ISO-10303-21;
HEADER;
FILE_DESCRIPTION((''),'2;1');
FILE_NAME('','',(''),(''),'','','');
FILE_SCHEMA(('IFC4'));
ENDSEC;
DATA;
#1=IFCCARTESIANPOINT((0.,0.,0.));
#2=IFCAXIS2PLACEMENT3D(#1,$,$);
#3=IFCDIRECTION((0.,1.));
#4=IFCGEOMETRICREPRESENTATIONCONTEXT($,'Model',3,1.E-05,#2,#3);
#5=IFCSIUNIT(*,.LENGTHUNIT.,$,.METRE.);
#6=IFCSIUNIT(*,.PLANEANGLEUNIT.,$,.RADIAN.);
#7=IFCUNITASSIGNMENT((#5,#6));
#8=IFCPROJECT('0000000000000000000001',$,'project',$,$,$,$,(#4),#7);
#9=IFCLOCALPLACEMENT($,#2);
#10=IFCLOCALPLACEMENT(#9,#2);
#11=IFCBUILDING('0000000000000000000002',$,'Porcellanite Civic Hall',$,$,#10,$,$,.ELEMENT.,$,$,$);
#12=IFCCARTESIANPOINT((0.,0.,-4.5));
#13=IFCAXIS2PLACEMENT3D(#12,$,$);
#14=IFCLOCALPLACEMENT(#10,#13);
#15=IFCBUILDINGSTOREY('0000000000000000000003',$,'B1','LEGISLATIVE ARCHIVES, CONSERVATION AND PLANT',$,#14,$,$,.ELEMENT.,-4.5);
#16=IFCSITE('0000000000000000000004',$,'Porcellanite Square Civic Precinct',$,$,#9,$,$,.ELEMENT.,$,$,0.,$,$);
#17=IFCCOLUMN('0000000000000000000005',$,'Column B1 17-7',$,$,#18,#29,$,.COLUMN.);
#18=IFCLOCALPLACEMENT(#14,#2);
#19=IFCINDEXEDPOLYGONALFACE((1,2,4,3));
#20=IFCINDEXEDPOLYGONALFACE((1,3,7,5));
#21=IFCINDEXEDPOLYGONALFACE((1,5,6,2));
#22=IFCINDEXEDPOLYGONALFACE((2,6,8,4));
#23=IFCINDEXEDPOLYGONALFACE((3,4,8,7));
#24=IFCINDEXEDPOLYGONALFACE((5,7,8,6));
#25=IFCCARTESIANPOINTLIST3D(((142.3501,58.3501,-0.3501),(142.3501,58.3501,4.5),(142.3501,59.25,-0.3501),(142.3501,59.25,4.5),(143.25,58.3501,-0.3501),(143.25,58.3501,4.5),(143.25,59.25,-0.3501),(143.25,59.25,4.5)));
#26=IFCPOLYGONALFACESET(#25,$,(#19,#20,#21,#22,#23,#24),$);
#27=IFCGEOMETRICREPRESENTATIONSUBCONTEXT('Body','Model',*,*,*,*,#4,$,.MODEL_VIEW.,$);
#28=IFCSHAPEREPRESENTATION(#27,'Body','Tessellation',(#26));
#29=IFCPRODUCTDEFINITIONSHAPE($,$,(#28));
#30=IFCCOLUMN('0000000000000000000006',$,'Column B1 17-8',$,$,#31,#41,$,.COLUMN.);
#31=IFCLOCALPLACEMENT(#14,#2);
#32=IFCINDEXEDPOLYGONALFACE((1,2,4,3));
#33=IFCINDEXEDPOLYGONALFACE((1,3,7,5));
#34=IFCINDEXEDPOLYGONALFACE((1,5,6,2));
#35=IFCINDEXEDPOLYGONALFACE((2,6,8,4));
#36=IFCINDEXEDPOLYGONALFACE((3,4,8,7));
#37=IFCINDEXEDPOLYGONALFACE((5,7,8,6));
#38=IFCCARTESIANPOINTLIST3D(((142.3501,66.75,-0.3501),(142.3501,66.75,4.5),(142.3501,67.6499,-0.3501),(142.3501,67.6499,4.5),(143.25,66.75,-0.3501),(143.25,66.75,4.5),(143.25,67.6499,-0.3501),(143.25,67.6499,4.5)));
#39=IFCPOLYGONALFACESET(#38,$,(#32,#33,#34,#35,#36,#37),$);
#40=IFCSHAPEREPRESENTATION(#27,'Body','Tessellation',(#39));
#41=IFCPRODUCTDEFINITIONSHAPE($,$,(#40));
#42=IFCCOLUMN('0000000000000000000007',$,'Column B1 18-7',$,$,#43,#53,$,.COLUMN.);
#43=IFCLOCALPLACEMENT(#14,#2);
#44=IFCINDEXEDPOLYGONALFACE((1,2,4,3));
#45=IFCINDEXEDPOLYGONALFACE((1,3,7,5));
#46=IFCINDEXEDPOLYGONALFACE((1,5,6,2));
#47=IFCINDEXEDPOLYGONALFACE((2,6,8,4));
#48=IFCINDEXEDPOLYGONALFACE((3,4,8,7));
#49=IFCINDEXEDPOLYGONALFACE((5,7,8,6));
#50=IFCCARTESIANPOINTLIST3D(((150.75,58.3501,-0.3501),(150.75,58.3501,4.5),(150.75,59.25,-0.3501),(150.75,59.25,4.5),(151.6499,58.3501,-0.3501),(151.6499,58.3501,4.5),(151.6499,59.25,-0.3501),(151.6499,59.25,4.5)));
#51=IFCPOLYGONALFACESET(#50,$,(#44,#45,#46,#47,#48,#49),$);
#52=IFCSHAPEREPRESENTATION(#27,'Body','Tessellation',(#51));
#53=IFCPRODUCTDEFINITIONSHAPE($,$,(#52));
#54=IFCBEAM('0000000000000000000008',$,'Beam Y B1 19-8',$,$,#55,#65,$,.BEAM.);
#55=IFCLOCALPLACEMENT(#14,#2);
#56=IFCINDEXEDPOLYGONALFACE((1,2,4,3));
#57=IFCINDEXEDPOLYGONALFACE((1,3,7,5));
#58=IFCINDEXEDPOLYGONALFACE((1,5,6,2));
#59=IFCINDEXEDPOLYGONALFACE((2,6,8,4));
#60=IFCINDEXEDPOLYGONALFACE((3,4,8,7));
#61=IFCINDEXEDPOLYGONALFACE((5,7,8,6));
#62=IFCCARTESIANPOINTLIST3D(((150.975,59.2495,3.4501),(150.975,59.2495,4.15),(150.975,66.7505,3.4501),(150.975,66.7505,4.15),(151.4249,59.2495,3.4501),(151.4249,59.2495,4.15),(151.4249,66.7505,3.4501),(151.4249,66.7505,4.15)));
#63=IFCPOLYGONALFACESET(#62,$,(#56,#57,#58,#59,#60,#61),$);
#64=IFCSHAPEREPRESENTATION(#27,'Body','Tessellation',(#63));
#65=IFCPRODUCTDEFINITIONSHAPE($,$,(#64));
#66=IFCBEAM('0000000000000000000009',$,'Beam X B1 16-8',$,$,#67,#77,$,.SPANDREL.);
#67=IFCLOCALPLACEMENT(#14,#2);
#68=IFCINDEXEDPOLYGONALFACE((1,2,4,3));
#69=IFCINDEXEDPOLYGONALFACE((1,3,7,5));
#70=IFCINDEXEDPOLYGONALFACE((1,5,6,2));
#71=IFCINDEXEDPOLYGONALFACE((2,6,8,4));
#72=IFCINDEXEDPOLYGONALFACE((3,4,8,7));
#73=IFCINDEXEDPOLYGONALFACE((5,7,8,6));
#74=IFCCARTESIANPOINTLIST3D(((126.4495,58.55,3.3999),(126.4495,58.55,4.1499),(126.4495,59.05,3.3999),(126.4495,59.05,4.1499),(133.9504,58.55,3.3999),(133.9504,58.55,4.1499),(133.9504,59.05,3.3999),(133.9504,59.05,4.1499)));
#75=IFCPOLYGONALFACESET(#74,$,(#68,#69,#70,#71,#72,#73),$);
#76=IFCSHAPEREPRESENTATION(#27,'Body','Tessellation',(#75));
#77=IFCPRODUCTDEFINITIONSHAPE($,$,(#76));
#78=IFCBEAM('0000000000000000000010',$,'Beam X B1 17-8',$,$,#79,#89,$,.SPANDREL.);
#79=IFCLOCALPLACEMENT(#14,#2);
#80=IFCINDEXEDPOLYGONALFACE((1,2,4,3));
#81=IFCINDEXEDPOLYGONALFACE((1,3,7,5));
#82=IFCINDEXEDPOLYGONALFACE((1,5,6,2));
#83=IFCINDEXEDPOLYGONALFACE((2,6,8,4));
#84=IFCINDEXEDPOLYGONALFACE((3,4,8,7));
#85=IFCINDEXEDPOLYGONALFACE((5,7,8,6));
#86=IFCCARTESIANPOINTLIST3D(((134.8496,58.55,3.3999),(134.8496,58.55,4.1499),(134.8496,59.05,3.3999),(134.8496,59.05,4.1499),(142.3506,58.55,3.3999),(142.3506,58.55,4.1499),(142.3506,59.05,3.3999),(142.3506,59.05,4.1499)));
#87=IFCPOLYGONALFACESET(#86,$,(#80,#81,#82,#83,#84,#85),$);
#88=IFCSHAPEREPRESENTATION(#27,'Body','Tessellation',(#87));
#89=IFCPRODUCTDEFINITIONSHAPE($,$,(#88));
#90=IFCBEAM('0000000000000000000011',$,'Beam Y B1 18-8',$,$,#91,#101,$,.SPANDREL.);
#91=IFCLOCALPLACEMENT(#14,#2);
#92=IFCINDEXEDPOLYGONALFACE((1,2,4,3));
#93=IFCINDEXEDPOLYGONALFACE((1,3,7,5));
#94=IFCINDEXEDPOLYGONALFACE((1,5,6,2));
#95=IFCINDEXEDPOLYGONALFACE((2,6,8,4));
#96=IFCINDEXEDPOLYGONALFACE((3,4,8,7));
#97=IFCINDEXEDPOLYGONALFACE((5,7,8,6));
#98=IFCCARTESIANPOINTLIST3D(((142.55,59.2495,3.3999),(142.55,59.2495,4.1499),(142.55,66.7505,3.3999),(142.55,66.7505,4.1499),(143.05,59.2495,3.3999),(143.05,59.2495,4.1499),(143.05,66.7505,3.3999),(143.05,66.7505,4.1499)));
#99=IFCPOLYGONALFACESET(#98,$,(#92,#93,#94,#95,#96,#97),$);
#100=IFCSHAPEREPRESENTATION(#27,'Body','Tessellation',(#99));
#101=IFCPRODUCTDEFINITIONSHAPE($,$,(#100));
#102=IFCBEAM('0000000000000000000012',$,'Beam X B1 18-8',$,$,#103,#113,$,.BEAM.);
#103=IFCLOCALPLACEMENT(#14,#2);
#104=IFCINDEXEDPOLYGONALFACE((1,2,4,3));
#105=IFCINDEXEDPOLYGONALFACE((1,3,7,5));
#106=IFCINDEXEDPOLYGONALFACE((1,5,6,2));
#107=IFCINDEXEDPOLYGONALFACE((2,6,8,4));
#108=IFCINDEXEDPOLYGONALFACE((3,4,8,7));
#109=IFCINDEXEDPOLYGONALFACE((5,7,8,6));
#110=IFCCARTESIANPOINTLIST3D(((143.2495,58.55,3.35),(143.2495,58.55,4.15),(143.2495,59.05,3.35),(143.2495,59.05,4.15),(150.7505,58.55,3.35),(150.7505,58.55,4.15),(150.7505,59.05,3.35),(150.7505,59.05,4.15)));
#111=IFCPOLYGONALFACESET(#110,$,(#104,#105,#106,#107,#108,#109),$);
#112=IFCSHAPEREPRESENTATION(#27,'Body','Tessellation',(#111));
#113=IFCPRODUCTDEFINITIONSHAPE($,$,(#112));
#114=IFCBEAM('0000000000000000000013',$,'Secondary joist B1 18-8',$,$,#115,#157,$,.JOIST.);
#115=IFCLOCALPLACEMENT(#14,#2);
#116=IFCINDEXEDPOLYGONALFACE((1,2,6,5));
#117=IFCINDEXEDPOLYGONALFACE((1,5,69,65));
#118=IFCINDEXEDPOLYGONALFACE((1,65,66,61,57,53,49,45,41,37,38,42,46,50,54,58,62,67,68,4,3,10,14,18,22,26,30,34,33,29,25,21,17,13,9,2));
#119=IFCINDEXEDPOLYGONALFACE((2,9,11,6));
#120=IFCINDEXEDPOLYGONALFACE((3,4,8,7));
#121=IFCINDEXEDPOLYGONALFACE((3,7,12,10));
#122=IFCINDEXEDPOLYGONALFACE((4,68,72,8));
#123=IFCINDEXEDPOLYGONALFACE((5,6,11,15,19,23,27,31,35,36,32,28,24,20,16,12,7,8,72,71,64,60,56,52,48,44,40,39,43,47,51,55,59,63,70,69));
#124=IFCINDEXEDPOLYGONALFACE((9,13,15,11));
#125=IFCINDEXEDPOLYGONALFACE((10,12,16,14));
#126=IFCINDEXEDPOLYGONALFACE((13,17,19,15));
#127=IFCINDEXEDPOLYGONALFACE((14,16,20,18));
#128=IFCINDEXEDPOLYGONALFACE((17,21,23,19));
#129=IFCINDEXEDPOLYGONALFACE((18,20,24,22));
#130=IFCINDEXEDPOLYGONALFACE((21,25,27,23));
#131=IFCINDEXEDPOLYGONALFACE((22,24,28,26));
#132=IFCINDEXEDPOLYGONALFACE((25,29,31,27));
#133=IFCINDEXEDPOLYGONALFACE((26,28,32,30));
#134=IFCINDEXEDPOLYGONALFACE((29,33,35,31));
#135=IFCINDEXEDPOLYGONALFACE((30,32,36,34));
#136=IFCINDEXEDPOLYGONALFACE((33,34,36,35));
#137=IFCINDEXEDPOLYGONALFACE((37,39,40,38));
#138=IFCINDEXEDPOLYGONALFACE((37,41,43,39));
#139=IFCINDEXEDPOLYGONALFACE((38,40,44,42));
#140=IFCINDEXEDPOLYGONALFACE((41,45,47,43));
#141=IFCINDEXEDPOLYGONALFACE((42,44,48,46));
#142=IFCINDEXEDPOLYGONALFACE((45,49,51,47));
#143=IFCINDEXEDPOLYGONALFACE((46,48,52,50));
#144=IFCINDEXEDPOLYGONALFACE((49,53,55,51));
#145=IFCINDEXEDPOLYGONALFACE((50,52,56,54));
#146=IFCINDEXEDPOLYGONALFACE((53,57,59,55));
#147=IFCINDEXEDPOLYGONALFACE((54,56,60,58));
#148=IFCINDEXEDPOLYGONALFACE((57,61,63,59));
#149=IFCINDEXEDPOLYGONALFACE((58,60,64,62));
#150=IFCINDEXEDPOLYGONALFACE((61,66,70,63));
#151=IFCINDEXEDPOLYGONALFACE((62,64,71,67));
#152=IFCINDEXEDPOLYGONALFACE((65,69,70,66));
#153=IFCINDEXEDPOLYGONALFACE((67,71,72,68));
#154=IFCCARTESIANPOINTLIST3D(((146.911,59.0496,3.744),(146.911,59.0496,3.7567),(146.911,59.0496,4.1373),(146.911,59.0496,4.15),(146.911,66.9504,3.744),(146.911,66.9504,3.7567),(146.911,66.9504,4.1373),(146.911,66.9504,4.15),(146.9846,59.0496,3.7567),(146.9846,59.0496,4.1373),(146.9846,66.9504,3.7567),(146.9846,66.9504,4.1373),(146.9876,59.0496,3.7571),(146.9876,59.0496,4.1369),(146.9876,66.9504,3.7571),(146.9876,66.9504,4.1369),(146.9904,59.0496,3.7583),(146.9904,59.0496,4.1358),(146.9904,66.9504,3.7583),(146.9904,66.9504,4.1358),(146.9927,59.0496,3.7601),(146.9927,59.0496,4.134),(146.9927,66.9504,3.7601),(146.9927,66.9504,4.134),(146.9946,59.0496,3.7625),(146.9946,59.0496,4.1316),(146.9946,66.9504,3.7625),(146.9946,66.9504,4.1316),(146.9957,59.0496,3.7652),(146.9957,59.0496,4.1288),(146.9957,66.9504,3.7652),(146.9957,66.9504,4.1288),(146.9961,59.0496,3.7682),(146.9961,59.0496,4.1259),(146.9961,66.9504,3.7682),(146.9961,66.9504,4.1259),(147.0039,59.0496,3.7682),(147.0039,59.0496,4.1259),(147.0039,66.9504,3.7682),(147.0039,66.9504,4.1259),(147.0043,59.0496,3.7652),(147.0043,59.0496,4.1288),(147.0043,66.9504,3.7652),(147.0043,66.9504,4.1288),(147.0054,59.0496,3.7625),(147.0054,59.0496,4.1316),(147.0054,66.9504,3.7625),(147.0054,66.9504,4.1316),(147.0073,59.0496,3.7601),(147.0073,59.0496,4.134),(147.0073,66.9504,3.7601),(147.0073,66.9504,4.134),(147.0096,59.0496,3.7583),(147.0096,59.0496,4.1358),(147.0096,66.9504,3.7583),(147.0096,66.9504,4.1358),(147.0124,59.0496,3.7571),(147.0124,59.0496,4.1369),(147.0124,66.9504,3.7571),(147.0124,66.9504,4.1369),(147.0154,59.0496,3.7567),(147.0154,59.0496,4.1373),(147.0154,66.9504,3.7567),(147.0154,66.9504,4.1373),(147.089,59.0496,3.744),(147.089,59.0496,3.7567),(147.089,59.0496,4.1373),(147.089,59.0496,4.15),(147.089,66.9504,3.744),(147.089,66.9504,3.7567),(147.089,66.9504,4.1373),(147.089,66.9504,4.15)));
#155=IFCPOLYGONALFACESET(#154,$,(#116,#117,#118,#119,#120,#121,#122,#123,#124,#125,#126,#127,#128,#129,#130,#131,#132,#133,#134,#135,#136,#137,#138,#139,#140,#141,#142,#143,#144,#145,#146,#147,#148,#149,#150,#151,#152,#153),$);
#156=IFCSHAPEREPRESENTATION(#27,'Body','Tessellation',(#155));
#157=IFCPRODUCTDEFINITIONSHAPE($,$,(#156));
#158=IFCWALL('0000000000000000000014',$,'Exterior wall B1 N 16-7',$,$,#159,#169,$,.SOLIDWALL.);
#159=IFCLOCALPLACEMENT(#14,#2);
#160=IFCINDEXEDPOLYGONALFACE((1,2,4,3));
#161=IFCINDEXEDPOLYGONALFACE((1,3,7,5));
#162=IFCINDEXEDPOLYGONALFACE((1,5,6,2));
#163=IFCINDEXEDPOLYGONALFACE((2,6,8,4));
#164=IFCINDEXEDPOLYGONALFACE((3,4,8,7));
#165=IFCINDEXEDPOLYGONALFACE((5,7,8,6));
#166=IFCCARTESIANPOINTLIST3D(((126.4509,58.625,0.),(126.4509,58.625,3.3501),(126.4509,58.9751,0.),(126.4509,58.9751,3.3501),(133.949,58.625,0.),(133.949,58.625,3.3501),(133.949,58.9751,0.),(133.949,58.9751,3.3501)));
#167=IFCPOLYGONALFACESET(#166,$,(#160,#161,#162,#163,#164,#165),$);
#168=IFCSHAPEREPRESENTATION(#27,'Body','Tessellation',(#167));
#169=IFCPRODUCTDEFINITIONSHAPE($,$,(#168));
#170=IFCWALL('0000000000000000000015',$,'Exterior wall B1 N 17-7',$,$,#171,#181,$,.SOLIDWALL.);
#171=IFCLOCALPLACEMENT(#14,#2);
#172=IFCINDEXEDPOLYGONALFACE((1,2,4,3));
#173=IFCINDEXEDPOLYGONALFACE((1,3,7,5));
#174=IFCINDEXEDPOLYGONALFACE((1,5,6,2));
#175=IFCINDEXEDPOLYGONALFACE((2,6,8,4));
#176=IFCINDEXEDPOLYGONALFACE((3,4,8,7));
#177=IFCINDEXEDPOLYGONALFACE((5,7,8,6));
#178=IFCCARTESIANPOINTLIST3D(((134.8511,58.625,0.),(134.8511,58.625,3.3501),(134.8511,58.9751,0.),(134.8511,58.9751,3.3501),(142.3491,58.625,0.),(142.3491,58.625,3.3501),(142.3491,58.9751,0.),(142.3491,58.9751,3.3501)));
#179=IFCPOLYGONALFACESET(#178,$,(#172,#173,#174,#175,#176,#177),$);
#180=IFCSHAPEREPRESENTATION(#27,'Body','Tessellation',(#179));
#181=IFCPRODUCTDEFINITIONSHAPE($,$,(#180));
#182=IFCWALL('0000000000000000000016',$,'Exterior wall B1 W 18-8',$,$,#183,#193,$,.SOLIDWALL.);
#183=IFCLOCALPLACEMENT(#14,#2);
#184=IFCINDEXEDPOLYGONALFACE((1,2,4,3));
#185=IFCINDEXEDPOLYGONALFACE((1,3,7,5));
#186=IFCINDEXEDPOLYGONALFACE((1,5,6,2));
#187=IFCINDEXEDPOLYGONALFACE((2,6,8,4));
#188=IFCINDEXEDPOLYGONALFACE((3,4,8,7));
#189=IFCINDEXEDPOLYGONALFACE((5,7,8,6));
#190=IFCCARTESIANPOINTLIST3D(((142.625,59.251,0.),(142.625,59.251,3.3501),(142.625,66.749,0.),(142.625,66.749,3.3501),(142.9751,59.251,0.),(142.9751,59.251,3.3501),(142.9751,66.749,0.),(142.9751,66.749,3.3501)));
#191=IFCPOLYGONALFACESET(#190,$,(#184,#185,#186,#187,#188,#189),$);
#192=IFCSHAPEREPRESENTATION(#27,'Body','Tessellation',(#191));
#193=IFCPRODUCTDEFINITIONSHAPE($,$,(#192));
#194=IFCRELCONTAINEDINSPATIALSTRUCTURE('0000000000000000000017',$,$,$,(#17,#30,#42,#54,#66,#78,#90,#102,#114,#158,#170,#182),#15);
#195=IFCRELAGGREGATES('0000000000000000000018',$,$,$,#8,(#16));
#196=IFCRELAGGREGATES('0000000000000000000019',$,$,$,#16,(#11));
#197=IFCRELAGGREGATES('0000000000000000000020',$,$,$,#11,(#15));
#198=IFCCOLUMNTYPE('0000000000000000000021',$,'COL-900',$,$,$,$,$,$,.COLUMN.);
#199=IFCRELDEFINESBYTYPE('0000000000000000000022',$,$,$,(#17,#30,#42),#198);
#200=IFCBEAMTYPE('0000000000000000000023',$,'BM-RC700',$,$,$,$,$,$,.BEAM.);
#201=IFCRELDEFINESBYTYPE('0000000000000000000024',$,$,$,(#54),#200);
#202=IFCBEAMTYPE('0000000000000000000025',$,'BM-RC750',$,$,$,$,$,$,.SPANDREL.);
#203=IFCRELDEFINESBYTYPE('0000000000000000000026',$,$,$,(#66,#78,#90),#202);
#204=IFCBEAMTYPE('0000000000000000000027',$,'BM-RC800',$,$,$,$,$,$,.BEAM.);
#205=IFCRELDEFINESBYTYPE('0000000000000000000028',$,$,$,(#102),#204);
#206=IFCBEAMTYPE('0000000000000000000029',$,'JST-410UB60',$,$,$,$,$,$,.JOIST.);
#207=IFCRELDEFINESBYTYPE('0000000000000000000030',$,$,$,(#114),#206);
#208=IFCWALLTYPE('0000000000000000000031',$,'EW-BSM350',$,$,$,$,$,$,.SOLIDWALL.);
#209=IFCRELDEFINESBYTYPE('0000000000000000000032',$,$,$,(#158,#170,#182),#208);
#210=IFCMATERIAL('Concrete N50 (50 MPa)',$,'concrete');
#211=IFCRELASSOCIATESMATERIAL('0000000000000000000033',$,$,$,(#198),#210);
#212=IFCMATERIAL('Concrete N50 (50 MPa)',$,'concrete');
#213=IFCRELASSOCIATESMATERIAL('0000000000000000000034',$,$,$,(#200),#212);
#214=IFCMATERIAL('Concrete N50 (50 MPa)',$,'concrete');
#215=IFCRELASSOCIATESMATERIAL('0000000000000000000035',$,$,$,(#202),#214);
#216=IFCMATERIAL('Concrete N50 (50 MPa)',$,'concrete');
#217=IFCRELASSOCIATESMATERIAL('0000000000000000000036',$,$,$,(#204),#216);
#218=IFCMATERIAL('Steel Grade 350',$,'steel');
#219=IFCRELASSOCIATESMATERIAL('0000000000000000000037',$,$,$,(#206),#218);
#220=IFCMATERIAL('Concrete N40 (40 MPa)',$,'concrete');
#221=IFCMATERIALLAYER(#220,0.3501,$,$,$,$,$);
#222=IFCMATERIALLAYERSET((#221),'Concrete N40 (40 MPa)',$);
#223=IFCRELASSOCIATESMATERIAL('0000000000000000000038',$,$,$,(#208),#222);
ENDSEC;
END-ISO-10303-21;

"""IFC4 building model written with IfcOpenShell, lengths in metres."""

from ifc_helpers import new_model, si_unit, direction, frame, frame_2d, origin, origin_2d, place, context, subcontext, project, spatial, rectangle, i_section, extrude, material, layer, layer_set, material_profile, profile_set, type_object, element, save


model = new_model("IFC4")

# Units and contexts
model_context = context("Model", 3, precision=1e-05, world=origin(), true_north=direction((0.0, 1.0)))
body_context = subcontext(model_context, "Body", "Model", "MODEL_VIEW")
ifc_project = project(units=[si_unit("LENGTHUNIT", "METRE"), si_unit("PLANEANGLEUNIT", "RADIAN")], contexts=[model_context])

# Site, building, storey
site_placement = place(None, origin())
site = spatial("IfcSite", under=ifc_project, at=site_placement, Name="Porcellanite Square Civic Precinct", CompositionType="ELEMENT", RefElevation=0.0)
building_placement = place(site_placement, origin())
building = spatial("IfcBuilding", under=site, at=building_placement, Name="Porcellanite Civic Hall", CompositionType="ELEMENT")
storey_placement = place(building_placement, frame((0.0, 0.0, -4.5)))
storey = spatial("IfcBuildingStorey", under=building, at=storey_placement, Name="B1", Description="LEGISLATIVE ARCHIVES, CONSERVATION AND PLANT", CompositionType="ELEMENT", Elevation=-4.5)

# Columns
ifc_material_1 = material(Name="Concrete N50 (50 MPa)", Category="concrete")
ifc_material_profile_1 = material_profile(ifc_material_1, rectangle(XDim=0.8999, YDim=0.8999, at=origin_2d()), Name="RC-900x900")
ifc_profile_set_1 = profile_set([ifc_material_profile_1], Name="Concrete N50 (50 MPa)")
column_type = type_object("IfcColumnType", Name="COL-900", PredefinedType="COLUMN", material=ifc_profile_set_1)
for number, where, z_axis, x_axis, name in (
    (1, (142.8, 58.8, -0.3501), (0.0, 0.0, 1.0), (1.0, 0.0, 0.0), "Column B1 17-7"),
    (2, (142.8, 67.2, -0.3501), (0.0, 0.0, 1.0), (1.0, 0.0, 0.0), "Column B1 17-8"),
    (3, (151.2, 58.8, -0.3501), (0.0, 0.0, 1.0), (1.0, 0.0, 0.0), "Column B1 18-7"),
):
    element("IfcColumn", number, at=place(storey_placement, frame(where, z_axis=z_axis, x_axis=x_axis)), inside=storey, type_object=column_type, Name=name, PredefinedType="COLUMN", context=body_context, shape_type="SweptSolid", body=[
        extrude(rectangle(XDim=0.8999, YDim=0.8999, at=origin_2d()), origin(), (0.0, 0.0, 1.0), 4.8501),
    ])

# Beams
ifc_material_2 = material(Name="Concrete N50 (50 MPa)", Category="concrete")
ifc_material_profile_2 = material_profile(ifc_material_2, rectangle(XDim=0.45, YDim=0.7, at=origin_2d()), Name="RC-450x700")
ifc_profile_set_2 = profile_set([ifc_material_profile_2], Name="Concrete N50 (50 MPa)")
beam_type_1 = type_object("IfcBeamType", Name="BM-RC700", PredefinedType="BEAM", material=ifc_profile_set_2)
beam_1_placement = place(storey_placement, frame((151.2, 59.2495, 3.8), z_axis=(0.0, 1.0, 0.0), x_axis=(-1.0, 0.0, 0.0)))
element("IfcBeam", 4, at=beam_1_placement, inside=storey, type_object=beam_type_1, Name="Beam Y B1 19-8", PredefinedType="BEAM", context=body_context, shape_type="SweptSolid", body=[
    extrude(rectangle(XDim=0.45, YDim=0.7, at=origin_2d()), origin(), (0.0, 0.0, 1.0), 7.501),
])
ifc_material_3 = material(Name="Concrete N50 (50 MPa)", Category="concrete")
ifc_material_profile_3 = material_profile(ifc_material_3, rectangle(XDim=0.5, YDim=0.75, at=origin_2d()), Name="RC-500x750")
ifc_profile_set_3 = profile_set([ifc_material_profile_3], Name="Concrete N50 (50 MPa)")
beam_type_2 = type_object("IfcBeamType", Name="BM-RC750", PredefinedType="SPANDREL", material=ifc_profile_set_3)
for number, where, z_axis, x_axis, name in (
    (5, (126.4495, 58.8, 3.7749), (1.0, 0.0, 0.0), (0.0, 1.0, 0.0), "Beam X B1 16-8"),
    (6, (134.8496, 58.8, 3.7749), (1.0, 0.0, 0.0), (0.0, 1.0, 0.0), "Beam X B1 17-8"),
    (7, (142.8, 59.2495, 3.7749), (0.0, 1.0, 0.0), (-1.0, 0.0, 0.0), "Beam Y B1 18-8"),
):
    element("IfcBeam", number, at=place(storey_placement, frame(where, z_axis=z_axis, x_axis=x_axis)), inside=storey, type_object=beam_type_2, Name=name, PredefinedType="SPANDREL", context=body_context, shape_type="SweptSolid", body=[
        extrude(rectangle(XDim=0.5, YDim=0.75, at=origin_2d()), origin(), (0.0, 0.0, 1.0), 7.501),
    ])
ifc_material_4 = material(Name="Concrete N50 (50 MPa)", Category="concrete")
ifc_material_profile_4 = material_profile(ifc_material_4, rectangle(XDim=0.5, YDim=0.8, at=origin_2d()), Name="RC-500x800")
ifc_profile_set_4 = profile_set([ifc_material_profile_4], Name="Concrete N50 (50 MPa)")
beam_type_3 = type_object("IfcBeamType", Name="BM-RC800", PredefinedType="BEAM", material=ifc_profile_set_4)
beam_2_placement = place(storey_placement, frame((143.2495, 58.8, 3.75), z_axis=(1.0, 0.0, 0.0), x_axis=(0.0, 1.0, 0.0)))
element("IfcBeam", 8, at=beam_2_placement, inside=storey, type_object=beam_type_3, Name="Beam X B1 18-8", PredefinedType="BEAM", context=body_context, shape_type="SweptSolid", body=[
    extrude(rectangle(XDim=0.5, YDim=0.8, at=origin_2d()), origin(), (0.0, 0.0, 1.0), 7.501),
])
ifc_material_5 = material(Name="Steel Grade 350", Category="steel")
ifc_material_profile_5 = material_profile(ifc_material_5, i_section(OverallWidth=0.178, OverallDepth=0.406, WebThickness=0.0078, FlangeThickness=0.0127, FilletRadius=0.0115, at=origin_2d()), Name="410UB59.7")
ifc_profile_set_5 = profile_set([ifc_material_profile_5], Name="Steel Grade 350")
beam_type_4 = type_object("IfcBeamType", Name="JST-410UB60", PredefinedType="JOIST", material=ifc_profile_set_5)
beam_3_placement = place(storey_placement, frame((147.0, 59.0496, 3.947), z_axis=(0.0, 1.0, 0.0), x_axis=(-1.0, 0.0, 0.0)))
element("IfcBeam", 9, at=beam_3_placement, inside=storey, type_object=beam_type_4, Name="Secondary joist B1 18-8", PredefinedType="JOIST", context=body_context, shape_type="SweptSolid", body=[
    extrude(i_section(OverallWidth=0.178, OverallDepth=0.406, WebThickness=0.0078, FlangeThickness=0.0127, FilletRadius=0.0115, at=origin_2d()), origin(), (0.0, 0.0, 1.0), 7.9009),
])

# Walls
ifc_material_6 = material(Name="Concrete N40 (40 MPa)", Category="concrete")
ifc_layer_1 = layer(ifc_material_6, 0.3501)
ifc_layer_set_1 = layer_set([ifc_layer_1], Name="Concrete N40 (40 MPa)")
wall_type_1 = type_object("IfcWallType", Name="EW-BSM350", PredefinedType="SOLIDWALL", material=ifc_layer_set_1)
for number, where, z_axis, x_axis, name in (
    (10, (126.4509, 58.8, 0.0), (0.0, 0.0, 1.0), (1.0, 0.0, 0.0), "Exterior wall B1 N 16-7"),
    (11, (134.8511, 58.8, 0.0), (0.0, 0.0, 1.0), (1.0, 0.0, 0.0), "Exterior wall B1 N 17-7"),
    (12, (142.8, 59.251, 0.0), (0.0, 0.0, 1.0), (0.0, 1.0, 0.0), "Exterior wall B1 W 18-8"),
):
    element("IfcWall", number, at=place(storey_placement, frame(where, z_axis=z_axis, x_axis=x_axis)), inside=storey, type_object=wall_type_1, Name=name, PredefinedType="SOLIDWALL", context=body_context, shape_type="SweptSolid", body=[
        extrude(rectangle(XDim=7.498, YDim=0.3501, at=frame_2d((3.749, 0.0))), origin(), (0.0, 0.0, 1.0), 3.3501),
    ])

save(model, "model.ifc")
